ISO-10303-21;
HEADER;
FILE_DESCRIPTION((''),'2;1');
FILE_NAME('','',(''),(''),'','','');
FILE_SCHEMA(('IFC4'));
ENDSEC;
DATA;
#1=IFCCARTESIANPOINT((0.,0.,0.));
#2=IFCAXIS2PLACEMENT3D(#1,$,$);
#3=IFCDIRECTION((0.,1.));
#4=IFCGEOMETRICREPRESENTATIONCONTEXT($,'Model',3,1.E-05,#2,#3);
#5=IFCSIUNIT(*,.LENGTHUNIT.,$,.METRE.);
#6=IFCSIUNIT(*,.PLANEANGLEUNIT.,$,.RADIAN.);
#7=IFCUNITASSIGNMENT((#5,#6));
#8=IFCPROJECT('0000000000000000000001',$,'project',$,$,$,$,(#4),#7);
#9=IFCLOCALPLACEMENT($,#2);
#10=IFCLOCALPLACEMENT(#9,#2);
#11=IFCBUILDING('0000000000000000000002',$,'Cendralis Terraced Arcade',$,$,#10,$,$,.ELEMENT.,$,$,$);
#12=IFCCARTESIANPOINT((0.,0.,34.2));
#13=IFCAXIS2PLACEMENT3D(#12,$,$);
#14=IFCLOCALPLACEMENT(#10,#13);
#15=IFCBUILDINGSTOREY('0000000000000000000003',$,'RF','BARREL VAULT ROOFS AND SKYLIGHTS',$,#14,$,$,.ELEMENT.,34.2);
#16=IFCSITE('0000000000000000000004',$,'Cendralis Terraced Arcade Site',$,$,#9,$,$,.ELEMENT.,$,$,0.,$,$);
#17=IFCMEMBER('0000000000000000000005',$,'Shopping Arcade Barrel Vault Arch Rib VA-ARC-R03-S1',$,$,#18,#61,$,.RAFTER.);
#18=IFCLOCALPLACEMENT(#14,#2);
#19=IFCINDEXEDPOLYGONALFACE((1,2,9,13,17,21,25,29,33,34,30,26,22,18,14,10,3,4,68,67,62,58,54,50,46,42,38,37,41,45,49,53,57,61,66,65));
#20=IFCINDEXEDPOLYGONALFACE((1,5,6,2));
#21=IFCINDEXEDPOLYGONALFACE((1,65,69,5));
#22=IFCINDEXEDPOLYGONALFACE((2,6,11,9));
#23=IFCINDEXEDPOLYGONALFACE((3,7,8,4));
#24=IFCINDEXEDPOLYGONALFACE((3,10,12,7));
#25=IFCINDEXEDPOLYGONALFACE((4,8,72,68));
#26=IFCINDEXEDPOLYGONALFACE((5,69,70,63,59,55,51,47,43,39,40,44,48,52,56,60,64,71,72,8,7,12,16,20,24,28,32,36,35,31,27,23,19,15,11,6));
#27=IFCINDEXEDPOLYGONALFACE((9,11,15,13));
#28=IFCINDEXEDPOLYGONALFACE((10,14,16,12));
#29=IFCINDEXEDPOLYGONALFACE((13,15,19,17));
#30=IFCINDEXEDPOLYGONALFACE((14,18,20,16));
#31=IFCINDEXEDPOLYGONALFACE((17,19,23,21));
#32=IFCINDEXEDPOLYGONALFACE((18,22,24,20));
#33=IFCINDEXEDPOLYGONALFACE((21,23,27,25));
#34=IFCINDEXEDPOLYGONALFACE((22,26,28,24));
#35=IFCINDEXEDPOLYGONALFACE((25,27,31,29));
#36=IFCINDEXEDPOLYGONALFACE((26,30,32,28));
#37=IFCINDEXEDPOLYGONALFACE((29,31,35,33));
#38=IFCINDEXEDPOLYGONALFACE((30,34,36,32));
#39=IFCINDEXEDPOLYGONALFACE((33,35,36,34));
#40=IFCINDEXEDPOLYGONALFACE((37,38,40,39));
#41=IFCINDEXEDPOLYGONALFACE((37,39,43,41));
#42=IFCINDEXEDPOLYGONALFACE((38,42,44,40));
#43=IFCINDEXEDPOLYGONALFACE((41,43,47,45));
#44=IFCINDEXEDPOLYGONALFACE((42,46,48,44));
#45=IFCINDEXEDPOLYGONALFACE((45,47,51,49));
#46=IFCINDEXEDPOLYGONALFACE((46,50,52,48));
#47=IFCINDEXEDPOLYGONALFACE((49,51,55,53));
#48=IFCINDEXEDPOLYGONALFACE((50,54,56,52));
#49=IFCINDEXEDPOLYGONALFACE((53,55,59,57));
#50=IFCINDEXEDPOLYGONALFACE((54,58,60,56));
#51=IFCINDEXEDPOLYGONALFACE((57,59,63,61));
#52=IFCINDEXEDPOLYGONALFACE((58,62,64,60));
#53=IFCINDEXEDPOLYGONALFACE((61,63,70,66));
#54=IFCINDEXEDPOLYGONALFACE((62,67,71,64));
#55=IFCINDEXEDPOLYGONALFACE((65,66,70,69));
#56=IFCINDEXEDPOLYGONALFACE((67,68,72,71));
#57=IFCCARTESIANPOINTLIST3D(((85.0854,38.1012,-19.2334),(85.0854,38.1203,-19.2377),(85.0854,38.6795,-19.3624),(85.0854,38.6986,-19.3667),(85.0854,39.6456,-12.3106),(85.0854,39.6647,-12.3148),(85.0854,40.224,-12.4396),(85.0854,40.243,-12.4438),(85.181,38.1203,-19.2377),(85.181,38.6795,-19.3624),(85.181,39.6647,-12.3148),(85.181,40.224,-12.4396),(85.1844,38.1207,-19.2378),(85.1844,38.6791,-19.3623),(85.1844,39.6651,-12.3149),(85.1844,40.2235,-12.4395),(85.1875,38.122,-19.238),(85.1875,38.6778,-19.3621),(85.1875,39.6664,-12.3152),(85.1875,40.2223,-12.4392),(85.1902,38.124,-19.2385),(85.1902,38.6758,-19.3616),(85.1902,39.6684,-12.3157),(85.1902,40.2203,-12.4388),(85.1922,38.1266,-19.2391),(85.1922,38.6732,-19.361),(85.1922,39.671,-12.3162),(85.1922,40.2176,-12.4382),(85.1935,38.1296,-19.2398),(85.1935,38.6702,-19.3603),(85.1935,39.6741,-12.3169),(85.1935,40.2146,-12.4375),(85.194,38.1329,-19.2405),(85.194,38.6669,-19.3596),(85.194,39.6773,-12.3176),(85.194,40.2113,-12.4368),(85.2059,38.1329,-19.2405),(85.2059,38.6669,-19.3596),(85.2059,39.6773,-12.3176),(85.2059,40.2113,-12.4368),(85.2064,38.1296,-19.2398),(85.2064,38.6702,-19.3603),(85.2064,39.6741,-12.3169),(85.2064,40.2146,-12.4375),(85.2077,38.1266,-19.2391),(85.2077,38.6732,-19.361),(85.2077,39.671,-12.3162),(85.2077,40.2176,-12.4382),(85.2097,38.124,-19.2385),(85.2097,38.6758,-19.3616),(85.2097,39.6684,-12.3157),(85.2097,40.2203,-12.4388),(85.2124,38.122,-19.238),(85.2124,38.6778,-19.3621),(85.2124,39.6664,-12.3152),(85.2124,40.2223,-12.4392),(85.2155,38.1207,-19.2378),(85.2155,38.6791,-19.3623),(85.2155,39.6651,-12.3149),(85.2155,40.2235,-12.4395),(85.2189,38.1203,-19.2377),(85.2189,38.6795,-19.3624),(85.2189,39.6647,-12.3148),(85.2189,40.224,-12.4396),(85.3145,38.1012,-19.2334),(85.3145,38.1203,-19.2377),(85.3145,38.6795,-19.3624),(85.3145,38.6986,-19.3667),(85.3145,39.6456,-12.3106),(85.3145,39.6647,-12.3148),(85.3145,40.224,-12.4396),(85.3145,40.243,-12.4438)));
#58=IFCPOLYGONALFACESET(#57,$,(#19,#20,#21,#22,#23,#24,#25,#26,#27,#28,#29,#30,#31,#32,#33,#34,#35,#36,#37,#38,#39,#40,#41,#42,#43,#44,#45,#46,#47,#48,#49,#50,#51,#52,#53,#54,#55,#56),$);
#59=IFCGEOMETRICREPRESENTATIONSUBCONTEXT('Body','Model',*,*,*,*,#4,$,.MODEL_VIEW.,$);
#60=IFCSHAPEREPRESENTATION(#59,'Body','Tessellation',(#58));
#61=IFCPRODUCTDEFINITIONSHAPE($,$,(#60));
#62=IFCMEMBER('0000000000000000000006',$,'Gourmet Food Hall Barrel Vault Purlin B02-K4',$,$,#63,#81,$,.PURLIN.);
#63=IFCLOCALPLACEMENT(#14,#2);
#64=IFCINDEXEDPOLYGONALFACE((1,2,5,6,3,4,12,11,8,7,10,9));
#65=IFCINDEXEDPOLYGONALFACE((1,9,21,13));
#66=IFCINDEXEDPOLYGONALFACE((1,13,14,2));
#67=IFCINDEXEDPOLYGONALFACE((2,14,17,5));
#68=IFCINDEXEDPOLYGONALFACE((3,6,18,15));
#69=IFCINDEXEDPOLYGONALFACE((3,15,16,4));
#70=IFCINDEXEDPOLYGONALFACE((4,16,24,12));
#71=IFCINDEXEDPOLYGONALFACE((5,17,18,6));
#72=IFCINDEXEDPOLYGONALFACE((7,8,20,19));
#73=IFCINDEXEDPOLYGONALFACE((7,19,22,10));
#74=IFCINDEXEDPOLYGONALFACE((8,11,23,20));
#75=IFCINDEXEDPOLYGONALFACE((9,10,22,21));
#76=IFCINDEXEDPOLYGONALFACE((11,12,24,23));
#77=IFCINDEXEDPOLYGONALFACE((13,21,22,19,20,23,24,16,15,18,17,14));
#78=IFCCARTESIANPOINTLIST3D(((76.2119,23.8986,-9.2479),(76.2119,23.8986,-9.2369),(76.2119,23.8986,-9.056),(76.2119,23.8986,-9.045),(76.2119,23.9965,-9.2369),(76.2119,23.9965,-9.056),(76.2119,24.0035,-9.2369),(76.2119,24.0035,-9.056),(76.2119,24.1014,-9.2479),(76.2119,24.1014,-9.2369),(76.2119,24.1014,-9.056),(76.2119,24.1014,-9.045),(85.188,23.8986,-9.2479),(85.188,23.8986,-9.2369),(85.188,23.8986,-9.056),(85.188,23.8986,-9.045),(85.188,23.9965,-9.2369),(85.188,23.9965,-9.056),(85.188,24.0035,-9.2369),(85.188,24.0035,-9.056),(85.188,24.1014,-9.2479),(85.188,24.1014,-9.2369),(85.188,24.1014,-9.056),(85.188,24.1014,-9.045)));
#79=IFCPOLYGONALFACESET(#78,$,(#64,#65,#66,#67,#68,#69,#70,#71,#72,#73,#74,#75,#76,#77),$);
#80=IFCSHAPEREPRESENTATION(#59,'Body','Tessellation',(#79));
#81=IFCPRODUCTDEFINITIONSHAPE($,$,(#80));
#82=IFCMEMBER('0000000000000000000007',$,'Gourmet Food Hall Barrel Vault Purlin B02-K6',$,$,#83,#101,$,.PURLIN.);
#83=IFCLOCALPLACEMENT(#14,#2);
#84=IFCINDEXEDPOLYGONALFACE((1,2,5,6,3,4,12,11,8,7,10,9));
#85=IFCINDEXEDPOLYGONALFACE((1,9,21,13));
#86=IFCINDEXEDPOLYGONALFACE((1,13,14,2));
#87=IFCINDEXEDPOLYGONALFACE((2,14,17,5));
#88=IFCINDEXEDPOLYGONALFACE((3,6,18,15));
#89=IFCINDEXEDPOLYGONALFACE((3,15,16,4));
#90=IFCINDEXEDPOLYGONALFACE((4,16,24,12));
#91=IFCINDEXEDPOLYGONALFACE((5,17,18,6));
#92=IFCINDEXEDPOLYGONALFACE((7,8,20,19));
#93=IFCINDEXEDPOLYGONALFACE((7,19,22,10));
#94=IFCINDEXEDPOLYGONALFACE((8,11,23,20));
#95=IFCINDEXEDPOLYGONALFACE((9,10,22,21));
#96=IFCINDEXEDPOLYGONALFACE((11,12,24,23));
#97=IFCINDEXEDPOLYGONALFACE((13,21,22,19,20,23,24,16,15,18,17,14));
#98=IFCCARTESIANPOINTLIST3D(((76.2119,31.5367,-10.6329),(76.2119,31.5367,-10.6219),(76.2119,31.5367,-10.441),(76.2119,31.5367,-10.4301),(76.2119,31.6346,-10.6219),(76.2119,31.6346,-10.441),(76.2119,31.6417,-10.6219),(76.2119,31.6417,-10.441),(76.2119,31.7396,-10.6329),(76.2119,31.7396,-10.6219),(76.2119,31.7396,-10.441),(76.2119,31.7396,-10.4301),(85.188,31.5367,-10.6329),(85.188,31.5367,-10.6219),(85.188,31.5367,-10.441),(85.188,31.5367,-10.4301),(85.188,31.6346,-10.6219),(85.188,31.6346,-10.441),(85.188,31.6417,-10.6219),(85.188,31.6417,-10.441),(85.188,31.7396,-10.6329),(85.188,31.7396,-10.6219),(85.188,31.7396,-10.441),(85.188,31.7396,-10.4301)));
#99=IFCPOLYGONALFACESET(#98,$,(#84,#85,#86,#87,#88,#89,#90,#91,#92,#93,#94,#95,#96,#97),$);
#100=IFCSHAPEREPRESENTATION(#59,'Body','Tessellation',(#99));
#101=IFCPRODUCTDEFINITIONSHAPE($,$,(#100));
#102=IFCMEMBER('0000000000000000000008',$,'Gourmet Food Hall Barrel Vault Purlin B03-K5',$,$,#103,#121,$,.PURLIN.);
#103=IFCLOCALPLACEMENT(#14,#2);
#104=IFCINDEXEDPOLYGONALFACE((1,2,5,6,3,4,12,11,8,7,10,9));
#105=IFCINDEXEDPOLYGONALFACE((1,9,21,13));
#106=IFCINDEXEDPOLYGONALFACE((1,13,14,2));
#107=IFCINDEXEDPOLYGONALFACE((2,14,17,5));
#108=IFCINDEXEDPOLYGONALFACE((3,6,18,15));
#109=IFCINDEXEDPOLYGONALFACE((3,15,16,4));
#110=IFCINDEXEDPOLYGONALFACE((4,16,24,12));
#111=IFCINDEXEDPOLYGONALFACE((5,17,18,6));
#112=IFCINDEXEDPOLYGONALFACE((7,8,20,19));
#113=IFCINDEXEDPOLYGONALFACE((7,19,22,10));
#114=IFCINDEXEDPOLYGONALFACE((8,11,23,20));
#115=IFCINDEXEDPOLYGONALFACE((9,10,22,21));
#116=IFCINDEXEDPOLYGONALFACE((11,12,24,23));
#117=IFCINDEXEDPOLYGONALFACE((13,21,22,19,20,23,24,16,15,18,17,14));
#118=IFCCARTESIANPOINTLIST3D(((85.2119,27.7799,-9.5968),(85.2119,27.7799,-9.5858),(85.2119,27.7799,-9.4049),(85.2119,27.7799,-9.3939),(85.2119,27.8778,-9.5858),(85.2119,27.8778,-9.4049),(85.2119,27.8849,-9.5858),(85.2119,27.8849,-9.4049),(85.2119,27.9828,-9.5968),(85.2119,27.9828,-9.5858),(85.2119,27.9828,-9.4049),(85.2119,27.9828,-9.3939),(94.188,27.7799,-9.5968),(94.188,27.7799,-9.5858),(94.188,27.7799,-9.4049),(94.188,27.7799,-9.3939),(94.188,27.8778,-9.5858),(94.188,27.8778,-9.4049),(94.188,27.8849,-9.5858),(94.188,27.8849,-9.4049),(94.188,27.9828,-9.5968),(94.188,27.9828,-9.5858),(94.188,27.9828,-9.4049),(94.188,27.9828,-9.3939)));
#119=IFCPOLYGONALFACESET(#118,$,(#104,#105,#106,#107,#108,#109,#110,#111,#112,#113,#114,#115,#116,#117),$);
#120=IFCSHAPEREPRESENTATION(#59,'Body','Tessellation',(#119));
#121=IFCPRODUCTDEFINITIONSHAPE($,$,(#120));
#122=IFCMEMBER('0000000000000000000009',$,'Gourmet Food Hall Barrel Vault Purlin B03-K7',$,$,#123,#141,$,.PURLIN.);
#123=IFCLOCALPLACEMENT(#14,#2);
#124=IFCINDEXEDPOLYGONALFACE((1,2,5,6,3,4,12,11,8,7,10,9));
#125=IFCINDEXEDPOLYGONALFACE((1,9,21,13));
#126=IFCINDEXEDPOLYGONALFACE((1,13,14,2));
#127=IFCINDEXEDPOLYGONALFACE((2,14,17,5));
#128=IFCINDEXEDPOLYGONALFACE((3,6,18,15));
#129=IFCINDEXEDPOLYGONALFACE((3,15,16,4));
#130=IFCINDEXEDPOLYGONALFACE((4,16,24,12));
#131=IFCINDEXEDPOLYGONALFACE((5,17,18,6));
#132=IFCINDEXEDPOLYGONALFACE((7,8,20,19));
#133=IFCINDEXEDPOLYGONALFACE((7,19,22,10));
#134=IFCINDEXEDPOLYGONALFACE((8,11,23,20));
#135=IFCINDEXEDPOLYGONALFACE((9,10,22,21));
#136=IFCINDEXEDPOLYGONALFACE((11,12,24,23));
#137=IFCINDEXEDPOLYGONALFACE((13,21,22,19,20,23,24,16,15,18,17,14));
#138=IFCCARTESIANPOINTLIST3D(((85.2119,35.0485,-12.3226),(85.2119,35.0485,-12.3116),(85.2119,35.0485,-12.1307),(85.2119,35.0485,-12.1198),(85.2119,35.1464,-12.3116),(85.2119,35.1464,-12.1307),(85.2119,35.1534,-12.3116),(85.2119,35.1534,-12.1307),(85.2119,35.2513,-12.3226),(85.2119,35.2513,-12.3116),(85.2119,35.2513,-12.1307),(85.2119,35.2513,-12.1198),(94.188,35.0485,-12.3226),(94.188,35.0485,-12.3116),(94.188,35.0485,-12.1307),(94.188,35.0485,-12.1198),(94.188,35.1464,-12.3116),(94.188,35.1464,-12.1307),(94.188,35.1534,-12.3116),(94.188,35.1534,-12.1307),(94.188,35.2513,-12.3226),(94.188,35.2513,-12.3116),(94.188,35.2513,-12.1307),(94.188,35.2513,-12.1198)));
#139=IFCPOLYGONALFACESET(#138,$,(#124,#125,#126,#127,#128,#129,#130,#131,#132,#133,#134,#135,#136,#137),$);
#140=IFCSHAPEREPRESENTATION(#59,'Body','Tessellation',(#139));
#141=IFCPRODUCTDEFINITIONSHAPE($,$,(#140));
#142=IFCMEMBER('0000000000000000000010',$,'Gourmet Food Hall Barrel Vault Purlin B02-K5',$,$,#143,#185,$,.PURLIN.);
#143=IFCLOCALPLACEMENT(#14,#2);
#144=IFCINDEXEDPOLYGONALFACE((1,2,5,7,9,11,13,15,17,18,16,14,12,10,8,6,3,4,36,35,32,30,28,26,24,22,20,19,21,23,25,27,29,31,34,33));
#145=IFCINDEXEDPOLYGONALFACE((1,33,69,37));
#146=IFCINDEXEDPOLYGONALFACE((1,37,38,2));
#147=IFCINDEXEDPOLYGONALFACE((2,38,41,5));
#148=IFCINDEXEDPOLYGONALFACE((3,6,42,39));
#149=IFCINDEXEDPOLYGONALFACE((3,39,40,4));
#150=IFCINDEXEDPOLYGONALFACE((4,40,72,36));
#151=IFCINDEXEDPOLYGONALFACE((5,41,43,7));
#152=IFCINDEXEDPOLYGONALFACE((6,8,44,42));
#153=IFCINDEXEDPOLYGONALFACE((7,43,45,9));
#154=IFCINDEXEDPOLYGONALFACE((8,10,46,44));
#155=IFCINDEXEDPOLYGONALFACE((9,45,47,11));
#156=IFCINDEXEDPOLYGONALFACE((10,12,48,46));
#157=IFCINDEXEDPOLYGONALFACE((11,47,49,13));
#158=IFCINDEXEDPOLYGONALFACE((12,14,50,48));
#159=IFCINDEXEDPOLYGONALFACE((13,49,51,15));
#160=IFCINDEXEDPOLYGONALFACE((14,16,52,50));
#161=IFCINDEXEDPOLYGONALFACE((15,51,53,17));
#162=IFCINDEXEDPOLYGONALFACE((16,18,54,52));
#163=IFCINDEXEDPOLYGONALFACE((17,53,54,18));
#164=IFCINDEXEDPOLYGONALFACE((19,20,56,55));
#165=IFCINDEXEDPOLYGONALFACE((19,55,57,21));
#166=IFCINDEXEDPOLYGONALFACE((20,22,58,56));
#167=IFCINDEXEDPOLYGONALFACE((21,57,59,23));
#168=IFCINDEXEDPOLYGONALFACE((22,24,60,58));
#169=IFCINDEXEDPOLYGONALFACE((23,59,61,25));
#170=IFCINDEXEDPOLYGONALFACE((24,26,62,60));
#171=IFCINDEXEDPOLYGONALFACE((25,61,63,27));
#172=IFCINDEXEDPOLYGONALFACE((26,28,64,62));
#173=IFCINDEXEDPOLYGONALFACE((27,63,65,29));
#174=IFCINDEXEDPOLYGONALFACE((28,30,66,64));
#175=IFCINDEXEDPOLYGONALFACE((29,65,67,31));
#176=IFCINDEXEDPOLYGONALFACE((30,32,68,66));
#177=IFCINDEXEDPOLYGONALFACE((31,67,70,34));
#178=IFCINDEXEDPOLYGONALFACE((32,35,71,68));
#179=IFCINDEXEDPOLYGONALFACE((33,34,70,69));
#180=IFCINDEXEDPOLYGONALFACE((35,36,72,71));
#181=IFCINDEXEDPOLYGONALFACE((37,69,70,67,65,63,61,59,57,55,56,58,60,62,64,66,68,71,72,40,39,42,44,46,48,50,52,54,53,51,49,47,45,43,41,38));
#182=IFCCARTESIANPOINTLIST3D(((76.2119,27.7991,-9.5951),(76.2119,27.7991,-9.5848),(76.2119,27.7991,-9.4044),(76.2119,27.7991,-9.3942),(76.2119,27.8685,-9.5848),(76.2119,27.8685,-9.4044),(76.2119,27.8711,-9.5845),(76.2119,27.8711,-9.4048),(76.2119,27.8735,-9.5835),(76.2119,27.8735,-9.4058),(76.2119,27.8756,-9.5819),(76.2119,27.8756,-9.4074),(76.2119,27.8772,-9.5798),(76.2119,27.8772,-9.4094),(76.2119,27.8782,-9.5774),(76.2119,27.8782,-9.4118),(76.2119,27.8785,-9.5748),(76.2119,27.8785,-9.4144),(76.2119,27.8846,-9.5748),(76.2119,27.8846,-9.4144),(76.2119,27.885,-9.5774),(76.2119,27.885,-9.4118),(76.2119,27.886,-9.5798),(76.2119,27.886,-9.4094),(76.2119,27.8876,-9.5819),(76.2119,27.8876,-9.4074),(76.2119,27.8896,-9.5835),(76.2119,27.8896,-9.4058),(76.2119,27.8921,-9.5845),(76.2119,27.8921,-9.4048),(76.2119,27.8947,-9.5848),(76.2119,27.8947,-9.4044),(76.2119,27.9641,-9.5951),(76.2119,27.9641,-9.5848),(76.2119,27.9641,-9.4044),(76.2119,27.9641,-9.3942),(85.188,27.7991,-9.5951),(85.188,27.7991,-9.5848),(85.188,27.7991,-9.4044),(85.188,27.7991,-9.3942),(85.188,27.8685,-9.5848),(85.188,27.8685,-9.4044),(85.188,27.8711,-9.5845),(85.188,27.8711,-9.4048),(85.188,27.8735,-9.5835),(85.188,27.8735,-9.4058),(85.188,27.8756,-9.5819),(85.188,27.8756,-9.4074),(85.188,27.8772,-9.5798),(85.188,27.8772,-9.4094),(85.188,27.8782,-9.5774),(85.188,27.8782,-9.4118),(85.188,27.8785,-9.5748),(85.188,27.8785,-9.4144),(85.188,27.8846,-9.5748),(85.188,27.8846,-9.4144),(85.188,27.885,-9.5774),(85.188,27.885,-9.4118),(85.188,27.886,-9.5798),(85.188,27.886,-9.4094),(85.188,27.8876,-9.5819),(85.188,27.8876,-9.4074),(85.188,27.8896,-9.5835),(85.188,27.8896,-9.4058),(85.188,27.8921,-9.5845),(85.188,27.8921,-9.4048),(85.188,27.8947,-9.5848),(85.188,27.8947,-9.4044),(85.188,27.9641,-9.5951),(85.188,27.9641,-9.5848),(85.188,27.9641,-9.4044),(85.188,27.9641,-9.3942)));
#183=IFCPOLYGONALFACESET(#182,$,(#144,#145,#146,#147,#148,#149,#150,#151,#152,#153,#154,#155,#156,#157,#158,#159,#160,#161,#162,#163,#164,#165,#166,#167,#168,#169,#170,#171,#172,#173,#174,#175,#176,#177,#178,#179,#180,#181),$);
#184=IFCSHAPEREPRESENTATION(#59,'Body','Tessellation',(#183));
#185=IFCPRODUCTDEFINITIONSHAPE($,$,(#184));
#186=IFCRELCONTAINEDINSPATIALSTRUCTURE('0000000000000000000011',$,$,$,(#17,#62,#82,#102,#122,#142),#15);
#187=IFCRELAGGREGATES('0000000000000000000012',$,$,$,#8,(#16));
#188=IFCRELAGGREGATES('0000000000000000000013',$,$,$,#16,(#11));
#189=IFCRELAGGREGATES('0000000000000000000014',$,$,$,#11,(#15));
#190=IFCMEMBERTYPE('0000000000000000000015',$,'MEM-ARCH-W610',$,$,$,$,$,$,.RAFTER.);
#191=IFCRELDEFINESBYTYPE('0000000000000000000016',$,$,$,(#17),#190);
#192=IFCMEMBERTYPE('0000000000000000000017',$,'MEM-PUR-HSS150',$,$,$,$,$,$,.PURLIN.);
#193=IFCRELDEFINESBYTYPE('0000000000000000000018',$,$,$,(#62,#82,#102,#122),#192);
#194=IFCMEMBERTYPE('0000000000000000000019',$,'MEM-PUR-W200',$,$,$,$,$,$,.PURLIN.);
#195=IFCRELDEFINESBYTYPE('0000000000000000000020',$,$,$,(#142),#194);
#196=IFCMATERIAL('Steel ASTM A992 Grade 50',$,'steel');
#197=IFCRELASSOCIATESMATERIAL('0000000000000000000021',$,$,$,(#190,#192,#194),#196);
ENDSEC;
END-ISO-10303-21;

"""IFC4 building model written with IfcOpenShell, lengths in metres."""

from ifc_helpers import new_model, si_unit, direction, frame, origin, origin_2d, place, context, subcontext, project, spatial, i_section, extrude, material, material_profile, profile_set, type_object, element, save


model = new_model("IFC4")

# Units and contexts
model_context = context("Model", 3, precision=1e-05, world=origin(), true_north=direction((0.0, 1.0)))
body_context = subcontext(model_context, "Body", "Model", "MODEL_VIEW")
ifc_project = project(units=[si_unit("LENGTHUNIT", "METRE"), si_unit("PLANEANGLEUNIT", "RADIAN")], contexts=[model_context])

# Site, building, storey
site_placement = place(None, origin())
site = spatial("IfcSite", under=ifc_project, at=site_placement, Name="Cendralis Terraced Arcade Site", CompositionType="ELEMENT", RefElevation=0.0)
building_placement = place(site_placement, origin())
building = spatial("IfcBuilding", under=site, at=building_placement, Name="Cendralis Terraced Arcade", CompositionType="ELEMENT")
storey_placement = place(building_placement, frame((0.0, 0.0, 34.2)))
storey = spatial("IfcBuildingStorey", under=building, at=storey_placement, Name="RF", Description="BARREL VAULT ROOFS AND SKYLIGHTS", CompositionType="ELEMENT", Elevation=34.2)

# Members
ifc_material_1 = material(Name="Steel ASTM A992 Grade 50", Category="steel")
ifc_material_profile_1 = material_profile(ifc_material_1, i_section(OverallWidth=0.229, OverallDepth=0.6121, WebThickness=0.012, FlangeThickness=0.0195, FilletRadius=0.0129, at=origin_2d()), Name="W610X125", Category="LoadBearing")
ifc_profile_set_1 = profile_set([ifc_material_profile_1], Name="Steel ASTM A992 Grade 50")
member_type_1 = type_object("IfcMemberType", Name="MEM-ARCH-W610", PredefinedType="RAFTER", material=ifc_profile_set_1)
for number, where, z_axis, x_axis, name in (
    (1, (85.2, 38.3999, -19.3), (0.0, 0.217739, 0.976007), (-1.0, 0.0, 0.0), "Shopping Arcade Barrel Vault Arch Rib VA-ARC-R03-S1"),
):
    element("IfcMember", number, at=place(storey_placement, frame(where, z_axis=z_axis, x_axis=x_axis)), inside=storey, type_object=member_type_1, Name=name, PredefinedType="RAFTER", context=body_context, shape_type="SweptSolid", body=[
        extrude(i_section(OverallWidth=0.229, OverallDepth=0.6121, WebThickness=0.012, FlangeThickness=0.0195, FilletRadius=0.0129, at=origin_2d()), origin(), (0.0, 0.0, 1.0), 7.093),
    ])
ifc_material_profile_2 = material_profile(ifc_material_1, i_section(OverallWidth=0.2029, OverallDepth=0.2029, WebThickness=0.0071, FlangeThickness=0.011, at=origin_2d()), Name="W200X46.1", Category="LoadBearing")
ifc_profile_set_2 = profile_set([ifc_material_profile_2], Name="Steel ASTM A992 Grade 50")
member_type_2 = type_object("IfcMemberType", Name="MEM-PUR-HSS150", PredefinedType="PURLIN", material=ifc_profile_set_2)
for number, where, z_axis, x_axis, name in (
    (2, (76.2119, 24.0, -9.1465), (1.0, 0.0, 0.0), (0.0, 1.0, 0.0), "Gourmet Food Hall Barrel Vault Purlin B02-K4"),
    (3, (76.2119, 31.6382, -10.5315), (1.0, 0.0, 0.0), (0.0, 1.0, 0.0), "Gourmet Food Hall Barrel Vault Purlin B02-K6"),
    (4, (85.2119, 27.8813, -9.4954), (1.0, 0.0, 0.0), (0.0, 1.0, 0.0), "Gourmet Food Hall Barrel Vault Purlin B03-K5"),
    (5, (85.2119, 35.1499, -12.2212), (1.0, 0.0, 0.0), (0.0, 1.0, 0.0), "Gourmet Food Hall Barrel Vault Purlin B03-K7"),
):
    element("IfcMember", number, at=place(storey_placement, frame(where, z_axis=z_axis, x_axis=x_axis)), inside=storey, type_object=member_type_2, Name=name, PredefinedType="PURLIN", context=body_context, shape_type="SweptSolid", body=[
        extrude(i_section(OverallWidth=0.2029, OverallDepth=0.2029, WebThickness=0.0071, FlangeThickness=0.011, at=origin_2d()), origin(), (0.0, 0.0, 1.0), 8.9761),
    ])
ifc_material_profile_3 = material_profile(ifc_material_1, i_section(OverallWidth=0.165, OverallDepth=0.2009, WebThickness=0.0061, FlangeThickness=0.0103, FilletRadius=0.01, at=origin_2d()), Name="W200X35.9", Category="LoadBearing")
ifc_profile_set_3 = profile_set([ifc_material_profile_3], Name="Steel ASTM A992 Grade 50")
member_type_3 = type_object("IfcMemberType", Name="MEM-PUR-W200", PredefinedType="PURLIN", material=ifc_profile_set_3)
for number, where, z_axis, x_axis, name in (
    (6, (76.2119, 27.8816, -9.4946), (1.0, 0.0, 0.0), (0.0, 1.0, 0.0), "Gourmet Food Hall Barrel Vault Purlin B02-K5"),
):
    element("IfcMember", number, at=place(storey_placement, frame(where, z_axis=z_axis, x_axis=x_axis)), inside=storey, type_object=member_type_3, Name=name, PredefinedType="PURLIN", context=body_context, shape_type="SweptSolid", body=[
        extrude(i_section(OverallWidth=0.165, OverallDepth=0.2009, WebThickness=0.0061, FlangeThickness=0.0103, FilletRadius=0.01, at=origin_2d()), origin(), (0.0, 0.0, 1.0), 8.9761),
    ])

save(model, "model.ifc")
